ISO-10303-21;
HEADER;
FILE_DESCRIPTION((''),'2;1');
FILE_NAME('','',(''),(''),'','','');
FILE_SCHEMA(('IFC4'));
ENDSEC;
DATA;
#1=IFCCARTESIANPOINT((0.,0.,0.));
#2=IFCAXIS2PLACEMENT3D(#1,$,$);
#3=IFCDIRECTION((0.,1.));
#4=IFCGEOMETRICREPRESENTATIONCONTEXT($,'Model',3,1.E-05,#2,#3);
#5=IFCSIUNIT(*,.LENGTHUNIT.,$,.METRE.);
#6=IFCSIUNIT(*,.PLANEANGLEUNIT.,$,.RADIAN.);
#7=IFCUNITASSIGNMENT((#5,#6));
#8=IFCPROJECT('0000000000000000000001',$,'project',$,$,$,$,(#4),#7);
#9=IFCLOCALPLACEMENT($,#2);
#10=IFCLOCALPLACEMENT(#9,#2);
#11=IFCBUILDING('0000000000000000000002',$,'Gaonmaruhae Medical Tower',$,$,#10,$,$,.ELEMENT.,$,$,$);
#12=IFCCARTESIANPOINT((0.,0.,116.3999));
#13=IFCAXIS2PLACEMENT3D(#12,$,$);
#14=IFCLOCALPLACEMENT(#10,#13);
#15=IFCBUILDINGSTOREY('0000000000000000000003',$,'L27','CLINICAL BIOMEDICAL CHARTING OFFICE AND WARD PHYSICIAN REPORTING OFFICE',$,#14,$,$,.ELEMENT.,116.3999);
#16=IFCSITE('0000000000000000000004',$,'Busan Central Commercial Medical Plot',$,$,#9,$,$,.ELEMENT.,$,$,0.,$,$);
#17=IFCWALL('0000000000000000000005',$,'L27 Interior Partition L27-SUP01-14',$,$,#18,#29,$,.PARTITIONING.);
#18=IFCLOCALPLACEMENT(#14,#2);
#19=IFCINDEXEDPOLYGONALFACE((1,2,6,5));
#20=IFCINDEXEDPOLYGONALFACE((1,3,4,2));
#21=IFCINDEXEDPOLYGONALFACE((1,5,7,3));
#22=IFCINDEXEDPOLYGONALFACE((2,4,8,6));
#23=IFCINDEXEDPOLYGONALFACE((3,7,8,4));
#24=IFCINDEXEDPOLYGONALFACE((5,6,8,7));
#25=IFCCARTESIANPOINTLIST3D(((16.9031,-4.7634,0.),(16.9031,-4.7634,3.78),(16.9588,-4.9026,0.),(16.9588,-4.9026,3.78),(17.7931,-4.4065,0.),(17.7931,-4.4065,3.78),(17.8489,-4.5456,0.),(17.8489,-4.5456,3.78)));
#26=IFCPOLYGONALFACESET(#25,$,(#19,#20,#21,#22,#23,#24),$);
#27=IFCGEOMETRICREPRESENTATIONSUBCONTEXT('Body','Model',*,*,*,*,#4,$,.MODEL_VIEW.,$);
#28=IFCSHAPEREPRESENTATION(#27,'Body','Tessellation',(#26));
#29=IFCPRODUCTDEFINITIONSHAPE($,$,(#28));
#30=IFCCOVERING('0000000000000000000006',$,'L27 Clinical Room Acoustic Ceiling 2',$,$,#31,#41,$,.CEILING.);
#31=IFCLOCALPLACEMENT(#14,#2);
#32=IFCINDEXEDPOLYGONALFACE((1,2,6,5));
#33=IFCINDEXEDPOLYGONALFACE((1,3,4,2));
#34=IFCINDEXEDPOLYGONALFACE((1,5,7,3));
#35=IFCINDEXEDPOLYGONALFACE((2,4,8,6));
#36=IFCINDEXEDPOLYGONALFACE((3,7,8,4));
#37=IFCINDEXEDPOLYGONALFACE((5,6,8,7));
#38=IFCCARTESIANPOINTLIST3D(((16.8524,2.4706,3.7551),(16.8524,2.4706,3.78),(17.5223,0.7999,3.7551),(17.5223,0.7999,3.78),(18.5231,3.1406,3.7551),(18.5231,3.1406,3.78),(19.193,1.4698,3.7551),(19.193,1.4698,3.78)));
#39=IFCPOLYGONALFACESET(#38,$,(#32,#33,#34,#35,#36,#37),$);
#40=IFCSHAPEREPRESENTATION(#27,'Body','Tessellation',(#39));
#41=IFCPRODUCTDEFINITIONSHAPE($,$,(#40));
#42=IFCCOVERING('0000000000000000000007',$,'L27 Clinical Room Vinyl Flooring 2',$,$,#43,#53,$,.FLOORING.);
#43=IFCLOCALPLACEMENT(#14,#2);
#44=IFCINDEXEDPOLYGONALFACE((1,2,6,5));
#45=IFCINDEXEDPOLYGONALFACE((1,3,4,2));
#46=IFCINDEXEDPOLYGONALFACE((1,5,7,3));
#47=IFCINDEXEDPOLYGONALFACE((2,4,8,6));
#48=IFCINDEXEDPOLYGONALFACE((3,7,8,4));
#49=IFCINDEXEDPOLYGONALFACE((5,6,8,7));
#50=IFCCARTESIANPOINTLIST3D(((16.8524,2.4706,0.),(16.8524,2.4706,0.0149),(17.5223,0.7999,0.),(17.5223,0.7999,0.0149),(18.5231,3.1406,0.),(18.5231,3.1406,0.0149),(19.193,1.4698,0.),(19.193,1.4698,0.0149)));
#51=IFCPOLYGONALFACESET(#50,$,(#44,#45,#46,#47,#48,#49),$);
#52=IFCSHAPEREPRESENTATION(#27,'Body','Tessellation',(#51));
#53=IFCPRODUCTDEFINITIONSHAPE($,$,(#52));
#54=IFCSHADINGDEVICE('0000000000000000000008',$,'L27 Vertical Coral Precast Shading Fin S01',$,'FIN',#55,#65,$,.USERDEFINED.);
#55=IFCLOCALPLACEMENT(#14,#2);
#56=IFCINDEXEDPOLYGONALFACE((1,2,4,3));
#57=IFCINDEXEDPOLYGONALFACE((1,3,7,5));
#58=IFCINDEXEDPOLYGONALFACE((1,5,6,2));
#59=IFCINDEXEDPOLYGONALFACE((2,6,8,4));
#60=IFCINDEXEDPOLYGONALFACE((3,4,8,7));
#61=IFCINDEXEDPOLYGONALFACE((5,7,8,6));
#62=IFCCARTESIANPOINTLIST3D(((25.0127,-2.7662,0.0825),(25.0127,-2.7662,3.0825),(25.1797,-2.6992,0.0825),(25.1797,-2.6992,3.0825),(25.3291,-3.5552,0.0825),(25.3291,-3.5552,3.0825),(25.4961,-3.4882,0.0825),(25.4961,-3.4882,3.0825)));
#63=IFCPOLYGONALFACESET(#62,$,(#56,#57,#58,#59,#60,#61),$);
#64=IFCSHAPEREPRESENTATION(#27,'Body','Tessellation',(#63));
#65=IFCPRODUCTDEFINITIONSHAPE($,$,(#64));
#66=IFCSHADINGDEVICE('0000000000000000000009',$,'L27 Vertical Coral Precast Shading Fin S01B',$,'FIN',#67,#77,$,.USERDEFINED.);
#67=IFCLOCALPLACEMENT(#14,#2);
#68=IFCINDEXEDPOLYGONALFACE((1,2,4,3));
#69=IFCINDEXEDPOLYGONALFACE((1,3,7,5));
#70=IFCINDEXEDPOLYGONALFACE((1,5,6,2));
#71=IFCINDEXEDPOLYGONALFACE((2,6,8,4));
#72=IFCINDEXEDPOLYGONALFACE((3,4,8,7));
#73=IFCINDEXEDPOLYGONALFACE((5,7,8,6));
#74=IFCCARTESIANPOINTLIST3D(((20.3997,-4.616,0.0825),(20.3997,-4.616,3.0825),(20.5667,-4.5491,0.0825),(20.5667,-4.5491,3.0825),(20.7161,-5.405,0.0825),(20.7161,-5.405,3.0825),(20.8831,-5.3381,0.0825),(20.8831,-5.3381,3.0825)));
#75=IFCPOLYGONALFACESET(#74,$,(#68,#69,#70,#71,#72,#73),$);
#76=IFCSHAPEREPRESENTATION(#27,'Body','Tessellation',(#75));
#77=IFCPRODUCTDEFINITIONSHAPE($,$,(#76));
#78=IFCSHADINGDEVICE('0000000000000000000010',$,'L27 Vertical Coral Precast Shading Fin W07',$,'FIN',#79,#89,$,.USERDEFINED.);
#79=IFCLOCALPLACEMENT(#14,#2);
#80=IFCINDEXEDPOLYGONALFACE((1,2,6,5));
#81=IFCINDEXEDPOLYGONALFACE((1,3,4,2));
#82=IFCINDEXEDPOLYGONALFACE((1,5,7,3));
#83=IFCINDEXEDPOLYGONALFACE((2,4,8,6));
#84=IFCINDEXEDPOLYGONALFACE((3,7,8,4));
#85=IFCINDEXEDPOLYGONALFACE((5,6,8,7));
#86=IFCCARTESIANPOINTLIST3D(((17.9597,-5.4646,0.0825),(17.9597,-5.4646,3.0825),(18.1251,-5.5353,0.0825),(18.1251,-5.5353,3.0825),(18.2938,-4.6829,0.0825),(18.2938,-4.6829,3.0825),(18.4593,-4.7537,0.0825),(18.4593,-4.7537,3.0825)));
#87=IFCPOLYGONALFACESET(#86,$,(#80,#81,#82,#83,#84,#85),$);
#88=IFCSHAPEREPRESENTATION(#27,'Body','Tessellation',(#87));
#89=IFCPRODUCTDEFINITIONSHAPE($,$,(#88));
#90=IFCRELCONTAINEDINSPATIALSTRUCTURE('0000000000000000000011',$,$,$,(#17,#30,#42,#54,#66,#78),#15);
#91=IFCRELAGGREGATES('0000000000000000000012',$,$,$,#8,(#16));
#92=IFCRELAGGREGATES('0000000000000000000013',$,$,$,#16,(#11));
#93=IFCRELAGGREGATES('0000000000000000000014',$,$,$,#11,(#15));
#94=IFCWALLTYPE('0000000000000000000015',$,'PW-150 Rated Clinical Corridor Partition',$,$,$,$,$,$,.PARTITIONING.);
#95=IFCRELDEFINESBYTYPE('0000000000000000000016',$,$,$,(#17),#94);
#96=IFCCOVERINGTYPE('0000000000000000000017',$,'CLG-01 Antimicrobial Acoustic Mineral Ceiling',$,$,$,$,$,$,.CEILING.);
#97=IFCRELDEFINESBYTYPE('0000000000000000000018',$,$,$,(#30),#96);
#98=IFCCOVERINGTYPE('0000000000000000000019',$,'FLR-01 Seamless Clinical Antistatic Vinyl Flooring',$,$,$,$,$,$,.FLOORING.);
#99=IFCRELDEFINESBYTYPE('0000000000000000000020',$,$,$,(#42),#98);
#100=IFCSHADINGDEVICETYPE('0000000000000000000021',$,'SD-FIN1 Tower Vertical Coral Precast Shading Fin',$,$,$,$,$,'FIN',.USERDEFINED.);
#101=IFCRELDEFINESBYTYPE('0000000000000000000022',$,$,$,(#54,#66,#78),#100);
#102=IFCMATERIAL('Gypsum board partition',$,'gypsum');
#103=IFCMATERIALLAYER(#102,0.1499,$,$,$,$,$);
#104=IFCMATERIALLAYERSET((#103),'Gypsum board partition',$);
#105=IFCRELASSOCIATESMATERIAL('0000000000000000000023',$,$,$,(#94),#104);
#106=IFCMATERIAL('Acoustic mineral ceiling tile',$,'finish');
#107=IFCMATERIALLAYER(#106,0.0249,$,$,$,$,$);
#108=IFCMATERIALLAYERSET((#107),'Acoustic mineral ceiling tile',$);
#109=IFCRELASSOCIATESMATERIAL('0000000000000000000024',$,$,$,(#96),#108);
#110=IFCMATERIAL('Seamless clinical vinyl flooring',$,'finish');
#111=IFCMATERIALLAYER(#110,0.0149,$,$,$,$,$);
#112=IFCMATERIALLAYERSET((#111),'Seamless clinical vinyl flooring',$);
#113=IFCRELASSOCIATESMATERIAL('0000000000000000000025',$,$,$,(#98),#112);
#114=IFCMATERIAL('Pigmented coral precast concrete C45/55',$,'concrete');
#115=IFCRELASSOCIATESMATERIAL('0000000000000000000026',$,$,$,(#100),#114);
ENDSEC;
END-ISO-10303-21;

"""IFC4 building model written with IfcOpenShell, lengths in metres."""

from ifc_helpers import new_model, si_unit, direction, frame, frame_2d, origin, origin_2d, place, context, subcontext, project, spatial, rectangle, extrude, material, layer, layer_set, type_object, element, save


model = new_model("IFC4")

# Units and contexts
model_context = context("Model", 3, precision=1e-05, world=origin(), true_north=direction((0.0, 1.0)))
body_context = subcontext(model_context, "Body", "Model", "MODEL_VIEW")
ifc_project = project(units=[si_unit("LENGTHUNIT", "METRE"), si_unit("PLANEANGLEUNIT", "RADIAN")], contexts=[model_context])

# Site, building, storey
site_placement = place(None, origin())
site = spatial("IfcSite", under=ifc_project, at=site_placement, Name="Busan Central Commercial Medical Plot", CompositionType="ELEMENT", RefElevation=0.0)
building_placement = place(site_placement, origin())
building = spatial("IfcBuilding", under=site, at=building_placement, Name="Gaonmaruhae Medical Tower", CompositionType="ELEMENT")
storey_placement = place(building_placement, frame((0.0, 0.0, 116.3999)))
storey = spatial("IfcBuildingStorey", under=building, at=storey_placement, Name="L27", Description="CLINICAL BIOMEDICAL CHARTING OFFICE AND WARD PHYSICIAN REPORTING OFFICE", CompositionType="ELEMENT", Elevation=116.3999)

# Shared definitions
ifc_material_1 = material(Name="Gypsum board partition", Category="gypsum")
ifc_layer_1 = layer(ifc_material_1, 0.1499)
ifc_layer_set_1 = layer_set([ifc_layer_1], Name="Gypsum board partition")
wall_type_1 = type_object("IfcWallType", Name="PW-150 Rated Clinical Corridor Partition", PredefinedType="PARTITIONING", material=ifc_layer_set_1)

# Wall
wall_1_placement = place(storey_placement, frame((17.821, -4.4761, 0.0), z_axis=(0.0, 0.0, 1.0), x_axis=(-0.92816, -0.372181, 0.0)))
element("IfcWall", 1, at=wall_1_placement, inside=storey, type_object=wall_type_1, Name="L27 Interior Partition L27-SUP01-14", PredefinedType="PARTITIONING", context=body_context, shape_type="SweptSolid", body=[
    extrude(rectangle(XDim=0.959, YDim=0.1499, at=frame_2d((0.4795, 0.0))), origin(), (0.0, 0.0, 1.0), 3.78),
])

# Coverings
ifc_material_2 = material(Name="Acoustic mineral ceiling tile", Category="finish")
ifc_layer_2 = layer(ifc_material_2, 0.0249)
ifc_layer_set_2 = layer_set([ifc_layer_2], Name="Acoustic mineral ceiling tile")
covering_type_1 = type_object("IfcCoveringType", Name="CLG-01 Antimicrobial Acoustic Mineral Ceiling", PredefinedType="CEILING", material=ifc_layer_set_2)
covering_1_placement = place(storey_placement, frame((18.0227, 1.9702, 3.7551), z_axis=(0.0, 0.0, 1.0), x_axis=(0.928161, 0.372178, 0.0)))
element("IfcCovering", 2, at=covering_1_placement, inside=storey, type_object=covering_type_1, Name="L27 Clinical Room Acoustic Ceiling 2", PredefinedType="CEILING", context=body_context, shape_type="SweptSolid", body=[
    extrude(rectangle(XDim=1.8, YDim=1.8, at=origin_2d()), origin(), (0.0, 0.0, 1.0), 0.0249),
])
ifc_material_3 = material(Name="Seamless clinical vinyl flooring", Category="finish")
ifc_layer_3 = layer(ifc_material_3, 0.0149)
ifc_layer_set_3 = layer_set([ifc_layer_3], Name="Seamless clinical vinyl flooring")
covering_type_2 = type_object("IfcCoveringType", Name="FLR-01 Seamless Clinical Antistatic Vinyl Flooring", PredefinedType="FLOORING", material=ifc_layer_set_3)
covering_2_placement = place(storey_placement, frame((18.0227, 1.9702, 0.0), z_axis=(0.0, 0.0, 1.0), x_axis=(0.928161, 0.372178, 0.0)))
element("IfcCovering", 3, at=covering_2_placement, inside=storey, type_object=covering_type_2, Name="L27 Clinical Room Vinyl Flooring 2", PredefinedType="FLOORING", context=body_context, shape_type="SweptSolid", body=[
    extrude(rectangle(XDim=1.8, YDim=1.8, at=origin_2d()), origin(), (0.0, 0.0, 1.0), 0.0149),
])

# Shading devices
ifc_material_4 = material(Name="Pigmented coral precast concrete C45/55", Category="concrete")
shading_device_type = type_object("IfcShadingDeviceType", Name="SD-FIN1 Tower Vertical Coral Precast Shading Fin", ElementType="FIN", PredefinedType="USERDEFINED", material=ifc_material_4)
for number, where, z_axis, x_axis, name in (
    (4, (25.2544, -3.1272, 0.0825), (0.0, 0.0, 1.0), (-0.928155, -0.372194, 0.0), "L27 Vertical Coral Precast Shading Fin S01"),
    (5, (20.6414, -4.9771, 0.0825), (0.0, 0.0, 1.0), (-0.928155, -0.372194, 0.0), "L27 Vertical Coral Precast Shading Fin S01B"),
    (6, (18.2095, -5.1091, 0.0825), (0.0, 0.0, 1.0), (-0.919486, 0.393124, 0.0), "L27 Vertical Coral Precast Shading Fin W07"),
):
    element("IfcShadingDevice", number, at=place(storey_placement, frame(where, z_axis=z_axis, x_axis=x_axis)), inside=storey, type_object=shading_device_type, Name=name, ObjectType="FIN", PredefinedType="USERDEFINED", context=body_context, shape_type="SweptSolid", body=[
        extrude(rectangle(XDim=0.1799, YDim=0.8501, at=origin_2d()), origin(), (0.0, 0.0, 1.0), 3.0),
    ])

save(model, "model.ifc")
